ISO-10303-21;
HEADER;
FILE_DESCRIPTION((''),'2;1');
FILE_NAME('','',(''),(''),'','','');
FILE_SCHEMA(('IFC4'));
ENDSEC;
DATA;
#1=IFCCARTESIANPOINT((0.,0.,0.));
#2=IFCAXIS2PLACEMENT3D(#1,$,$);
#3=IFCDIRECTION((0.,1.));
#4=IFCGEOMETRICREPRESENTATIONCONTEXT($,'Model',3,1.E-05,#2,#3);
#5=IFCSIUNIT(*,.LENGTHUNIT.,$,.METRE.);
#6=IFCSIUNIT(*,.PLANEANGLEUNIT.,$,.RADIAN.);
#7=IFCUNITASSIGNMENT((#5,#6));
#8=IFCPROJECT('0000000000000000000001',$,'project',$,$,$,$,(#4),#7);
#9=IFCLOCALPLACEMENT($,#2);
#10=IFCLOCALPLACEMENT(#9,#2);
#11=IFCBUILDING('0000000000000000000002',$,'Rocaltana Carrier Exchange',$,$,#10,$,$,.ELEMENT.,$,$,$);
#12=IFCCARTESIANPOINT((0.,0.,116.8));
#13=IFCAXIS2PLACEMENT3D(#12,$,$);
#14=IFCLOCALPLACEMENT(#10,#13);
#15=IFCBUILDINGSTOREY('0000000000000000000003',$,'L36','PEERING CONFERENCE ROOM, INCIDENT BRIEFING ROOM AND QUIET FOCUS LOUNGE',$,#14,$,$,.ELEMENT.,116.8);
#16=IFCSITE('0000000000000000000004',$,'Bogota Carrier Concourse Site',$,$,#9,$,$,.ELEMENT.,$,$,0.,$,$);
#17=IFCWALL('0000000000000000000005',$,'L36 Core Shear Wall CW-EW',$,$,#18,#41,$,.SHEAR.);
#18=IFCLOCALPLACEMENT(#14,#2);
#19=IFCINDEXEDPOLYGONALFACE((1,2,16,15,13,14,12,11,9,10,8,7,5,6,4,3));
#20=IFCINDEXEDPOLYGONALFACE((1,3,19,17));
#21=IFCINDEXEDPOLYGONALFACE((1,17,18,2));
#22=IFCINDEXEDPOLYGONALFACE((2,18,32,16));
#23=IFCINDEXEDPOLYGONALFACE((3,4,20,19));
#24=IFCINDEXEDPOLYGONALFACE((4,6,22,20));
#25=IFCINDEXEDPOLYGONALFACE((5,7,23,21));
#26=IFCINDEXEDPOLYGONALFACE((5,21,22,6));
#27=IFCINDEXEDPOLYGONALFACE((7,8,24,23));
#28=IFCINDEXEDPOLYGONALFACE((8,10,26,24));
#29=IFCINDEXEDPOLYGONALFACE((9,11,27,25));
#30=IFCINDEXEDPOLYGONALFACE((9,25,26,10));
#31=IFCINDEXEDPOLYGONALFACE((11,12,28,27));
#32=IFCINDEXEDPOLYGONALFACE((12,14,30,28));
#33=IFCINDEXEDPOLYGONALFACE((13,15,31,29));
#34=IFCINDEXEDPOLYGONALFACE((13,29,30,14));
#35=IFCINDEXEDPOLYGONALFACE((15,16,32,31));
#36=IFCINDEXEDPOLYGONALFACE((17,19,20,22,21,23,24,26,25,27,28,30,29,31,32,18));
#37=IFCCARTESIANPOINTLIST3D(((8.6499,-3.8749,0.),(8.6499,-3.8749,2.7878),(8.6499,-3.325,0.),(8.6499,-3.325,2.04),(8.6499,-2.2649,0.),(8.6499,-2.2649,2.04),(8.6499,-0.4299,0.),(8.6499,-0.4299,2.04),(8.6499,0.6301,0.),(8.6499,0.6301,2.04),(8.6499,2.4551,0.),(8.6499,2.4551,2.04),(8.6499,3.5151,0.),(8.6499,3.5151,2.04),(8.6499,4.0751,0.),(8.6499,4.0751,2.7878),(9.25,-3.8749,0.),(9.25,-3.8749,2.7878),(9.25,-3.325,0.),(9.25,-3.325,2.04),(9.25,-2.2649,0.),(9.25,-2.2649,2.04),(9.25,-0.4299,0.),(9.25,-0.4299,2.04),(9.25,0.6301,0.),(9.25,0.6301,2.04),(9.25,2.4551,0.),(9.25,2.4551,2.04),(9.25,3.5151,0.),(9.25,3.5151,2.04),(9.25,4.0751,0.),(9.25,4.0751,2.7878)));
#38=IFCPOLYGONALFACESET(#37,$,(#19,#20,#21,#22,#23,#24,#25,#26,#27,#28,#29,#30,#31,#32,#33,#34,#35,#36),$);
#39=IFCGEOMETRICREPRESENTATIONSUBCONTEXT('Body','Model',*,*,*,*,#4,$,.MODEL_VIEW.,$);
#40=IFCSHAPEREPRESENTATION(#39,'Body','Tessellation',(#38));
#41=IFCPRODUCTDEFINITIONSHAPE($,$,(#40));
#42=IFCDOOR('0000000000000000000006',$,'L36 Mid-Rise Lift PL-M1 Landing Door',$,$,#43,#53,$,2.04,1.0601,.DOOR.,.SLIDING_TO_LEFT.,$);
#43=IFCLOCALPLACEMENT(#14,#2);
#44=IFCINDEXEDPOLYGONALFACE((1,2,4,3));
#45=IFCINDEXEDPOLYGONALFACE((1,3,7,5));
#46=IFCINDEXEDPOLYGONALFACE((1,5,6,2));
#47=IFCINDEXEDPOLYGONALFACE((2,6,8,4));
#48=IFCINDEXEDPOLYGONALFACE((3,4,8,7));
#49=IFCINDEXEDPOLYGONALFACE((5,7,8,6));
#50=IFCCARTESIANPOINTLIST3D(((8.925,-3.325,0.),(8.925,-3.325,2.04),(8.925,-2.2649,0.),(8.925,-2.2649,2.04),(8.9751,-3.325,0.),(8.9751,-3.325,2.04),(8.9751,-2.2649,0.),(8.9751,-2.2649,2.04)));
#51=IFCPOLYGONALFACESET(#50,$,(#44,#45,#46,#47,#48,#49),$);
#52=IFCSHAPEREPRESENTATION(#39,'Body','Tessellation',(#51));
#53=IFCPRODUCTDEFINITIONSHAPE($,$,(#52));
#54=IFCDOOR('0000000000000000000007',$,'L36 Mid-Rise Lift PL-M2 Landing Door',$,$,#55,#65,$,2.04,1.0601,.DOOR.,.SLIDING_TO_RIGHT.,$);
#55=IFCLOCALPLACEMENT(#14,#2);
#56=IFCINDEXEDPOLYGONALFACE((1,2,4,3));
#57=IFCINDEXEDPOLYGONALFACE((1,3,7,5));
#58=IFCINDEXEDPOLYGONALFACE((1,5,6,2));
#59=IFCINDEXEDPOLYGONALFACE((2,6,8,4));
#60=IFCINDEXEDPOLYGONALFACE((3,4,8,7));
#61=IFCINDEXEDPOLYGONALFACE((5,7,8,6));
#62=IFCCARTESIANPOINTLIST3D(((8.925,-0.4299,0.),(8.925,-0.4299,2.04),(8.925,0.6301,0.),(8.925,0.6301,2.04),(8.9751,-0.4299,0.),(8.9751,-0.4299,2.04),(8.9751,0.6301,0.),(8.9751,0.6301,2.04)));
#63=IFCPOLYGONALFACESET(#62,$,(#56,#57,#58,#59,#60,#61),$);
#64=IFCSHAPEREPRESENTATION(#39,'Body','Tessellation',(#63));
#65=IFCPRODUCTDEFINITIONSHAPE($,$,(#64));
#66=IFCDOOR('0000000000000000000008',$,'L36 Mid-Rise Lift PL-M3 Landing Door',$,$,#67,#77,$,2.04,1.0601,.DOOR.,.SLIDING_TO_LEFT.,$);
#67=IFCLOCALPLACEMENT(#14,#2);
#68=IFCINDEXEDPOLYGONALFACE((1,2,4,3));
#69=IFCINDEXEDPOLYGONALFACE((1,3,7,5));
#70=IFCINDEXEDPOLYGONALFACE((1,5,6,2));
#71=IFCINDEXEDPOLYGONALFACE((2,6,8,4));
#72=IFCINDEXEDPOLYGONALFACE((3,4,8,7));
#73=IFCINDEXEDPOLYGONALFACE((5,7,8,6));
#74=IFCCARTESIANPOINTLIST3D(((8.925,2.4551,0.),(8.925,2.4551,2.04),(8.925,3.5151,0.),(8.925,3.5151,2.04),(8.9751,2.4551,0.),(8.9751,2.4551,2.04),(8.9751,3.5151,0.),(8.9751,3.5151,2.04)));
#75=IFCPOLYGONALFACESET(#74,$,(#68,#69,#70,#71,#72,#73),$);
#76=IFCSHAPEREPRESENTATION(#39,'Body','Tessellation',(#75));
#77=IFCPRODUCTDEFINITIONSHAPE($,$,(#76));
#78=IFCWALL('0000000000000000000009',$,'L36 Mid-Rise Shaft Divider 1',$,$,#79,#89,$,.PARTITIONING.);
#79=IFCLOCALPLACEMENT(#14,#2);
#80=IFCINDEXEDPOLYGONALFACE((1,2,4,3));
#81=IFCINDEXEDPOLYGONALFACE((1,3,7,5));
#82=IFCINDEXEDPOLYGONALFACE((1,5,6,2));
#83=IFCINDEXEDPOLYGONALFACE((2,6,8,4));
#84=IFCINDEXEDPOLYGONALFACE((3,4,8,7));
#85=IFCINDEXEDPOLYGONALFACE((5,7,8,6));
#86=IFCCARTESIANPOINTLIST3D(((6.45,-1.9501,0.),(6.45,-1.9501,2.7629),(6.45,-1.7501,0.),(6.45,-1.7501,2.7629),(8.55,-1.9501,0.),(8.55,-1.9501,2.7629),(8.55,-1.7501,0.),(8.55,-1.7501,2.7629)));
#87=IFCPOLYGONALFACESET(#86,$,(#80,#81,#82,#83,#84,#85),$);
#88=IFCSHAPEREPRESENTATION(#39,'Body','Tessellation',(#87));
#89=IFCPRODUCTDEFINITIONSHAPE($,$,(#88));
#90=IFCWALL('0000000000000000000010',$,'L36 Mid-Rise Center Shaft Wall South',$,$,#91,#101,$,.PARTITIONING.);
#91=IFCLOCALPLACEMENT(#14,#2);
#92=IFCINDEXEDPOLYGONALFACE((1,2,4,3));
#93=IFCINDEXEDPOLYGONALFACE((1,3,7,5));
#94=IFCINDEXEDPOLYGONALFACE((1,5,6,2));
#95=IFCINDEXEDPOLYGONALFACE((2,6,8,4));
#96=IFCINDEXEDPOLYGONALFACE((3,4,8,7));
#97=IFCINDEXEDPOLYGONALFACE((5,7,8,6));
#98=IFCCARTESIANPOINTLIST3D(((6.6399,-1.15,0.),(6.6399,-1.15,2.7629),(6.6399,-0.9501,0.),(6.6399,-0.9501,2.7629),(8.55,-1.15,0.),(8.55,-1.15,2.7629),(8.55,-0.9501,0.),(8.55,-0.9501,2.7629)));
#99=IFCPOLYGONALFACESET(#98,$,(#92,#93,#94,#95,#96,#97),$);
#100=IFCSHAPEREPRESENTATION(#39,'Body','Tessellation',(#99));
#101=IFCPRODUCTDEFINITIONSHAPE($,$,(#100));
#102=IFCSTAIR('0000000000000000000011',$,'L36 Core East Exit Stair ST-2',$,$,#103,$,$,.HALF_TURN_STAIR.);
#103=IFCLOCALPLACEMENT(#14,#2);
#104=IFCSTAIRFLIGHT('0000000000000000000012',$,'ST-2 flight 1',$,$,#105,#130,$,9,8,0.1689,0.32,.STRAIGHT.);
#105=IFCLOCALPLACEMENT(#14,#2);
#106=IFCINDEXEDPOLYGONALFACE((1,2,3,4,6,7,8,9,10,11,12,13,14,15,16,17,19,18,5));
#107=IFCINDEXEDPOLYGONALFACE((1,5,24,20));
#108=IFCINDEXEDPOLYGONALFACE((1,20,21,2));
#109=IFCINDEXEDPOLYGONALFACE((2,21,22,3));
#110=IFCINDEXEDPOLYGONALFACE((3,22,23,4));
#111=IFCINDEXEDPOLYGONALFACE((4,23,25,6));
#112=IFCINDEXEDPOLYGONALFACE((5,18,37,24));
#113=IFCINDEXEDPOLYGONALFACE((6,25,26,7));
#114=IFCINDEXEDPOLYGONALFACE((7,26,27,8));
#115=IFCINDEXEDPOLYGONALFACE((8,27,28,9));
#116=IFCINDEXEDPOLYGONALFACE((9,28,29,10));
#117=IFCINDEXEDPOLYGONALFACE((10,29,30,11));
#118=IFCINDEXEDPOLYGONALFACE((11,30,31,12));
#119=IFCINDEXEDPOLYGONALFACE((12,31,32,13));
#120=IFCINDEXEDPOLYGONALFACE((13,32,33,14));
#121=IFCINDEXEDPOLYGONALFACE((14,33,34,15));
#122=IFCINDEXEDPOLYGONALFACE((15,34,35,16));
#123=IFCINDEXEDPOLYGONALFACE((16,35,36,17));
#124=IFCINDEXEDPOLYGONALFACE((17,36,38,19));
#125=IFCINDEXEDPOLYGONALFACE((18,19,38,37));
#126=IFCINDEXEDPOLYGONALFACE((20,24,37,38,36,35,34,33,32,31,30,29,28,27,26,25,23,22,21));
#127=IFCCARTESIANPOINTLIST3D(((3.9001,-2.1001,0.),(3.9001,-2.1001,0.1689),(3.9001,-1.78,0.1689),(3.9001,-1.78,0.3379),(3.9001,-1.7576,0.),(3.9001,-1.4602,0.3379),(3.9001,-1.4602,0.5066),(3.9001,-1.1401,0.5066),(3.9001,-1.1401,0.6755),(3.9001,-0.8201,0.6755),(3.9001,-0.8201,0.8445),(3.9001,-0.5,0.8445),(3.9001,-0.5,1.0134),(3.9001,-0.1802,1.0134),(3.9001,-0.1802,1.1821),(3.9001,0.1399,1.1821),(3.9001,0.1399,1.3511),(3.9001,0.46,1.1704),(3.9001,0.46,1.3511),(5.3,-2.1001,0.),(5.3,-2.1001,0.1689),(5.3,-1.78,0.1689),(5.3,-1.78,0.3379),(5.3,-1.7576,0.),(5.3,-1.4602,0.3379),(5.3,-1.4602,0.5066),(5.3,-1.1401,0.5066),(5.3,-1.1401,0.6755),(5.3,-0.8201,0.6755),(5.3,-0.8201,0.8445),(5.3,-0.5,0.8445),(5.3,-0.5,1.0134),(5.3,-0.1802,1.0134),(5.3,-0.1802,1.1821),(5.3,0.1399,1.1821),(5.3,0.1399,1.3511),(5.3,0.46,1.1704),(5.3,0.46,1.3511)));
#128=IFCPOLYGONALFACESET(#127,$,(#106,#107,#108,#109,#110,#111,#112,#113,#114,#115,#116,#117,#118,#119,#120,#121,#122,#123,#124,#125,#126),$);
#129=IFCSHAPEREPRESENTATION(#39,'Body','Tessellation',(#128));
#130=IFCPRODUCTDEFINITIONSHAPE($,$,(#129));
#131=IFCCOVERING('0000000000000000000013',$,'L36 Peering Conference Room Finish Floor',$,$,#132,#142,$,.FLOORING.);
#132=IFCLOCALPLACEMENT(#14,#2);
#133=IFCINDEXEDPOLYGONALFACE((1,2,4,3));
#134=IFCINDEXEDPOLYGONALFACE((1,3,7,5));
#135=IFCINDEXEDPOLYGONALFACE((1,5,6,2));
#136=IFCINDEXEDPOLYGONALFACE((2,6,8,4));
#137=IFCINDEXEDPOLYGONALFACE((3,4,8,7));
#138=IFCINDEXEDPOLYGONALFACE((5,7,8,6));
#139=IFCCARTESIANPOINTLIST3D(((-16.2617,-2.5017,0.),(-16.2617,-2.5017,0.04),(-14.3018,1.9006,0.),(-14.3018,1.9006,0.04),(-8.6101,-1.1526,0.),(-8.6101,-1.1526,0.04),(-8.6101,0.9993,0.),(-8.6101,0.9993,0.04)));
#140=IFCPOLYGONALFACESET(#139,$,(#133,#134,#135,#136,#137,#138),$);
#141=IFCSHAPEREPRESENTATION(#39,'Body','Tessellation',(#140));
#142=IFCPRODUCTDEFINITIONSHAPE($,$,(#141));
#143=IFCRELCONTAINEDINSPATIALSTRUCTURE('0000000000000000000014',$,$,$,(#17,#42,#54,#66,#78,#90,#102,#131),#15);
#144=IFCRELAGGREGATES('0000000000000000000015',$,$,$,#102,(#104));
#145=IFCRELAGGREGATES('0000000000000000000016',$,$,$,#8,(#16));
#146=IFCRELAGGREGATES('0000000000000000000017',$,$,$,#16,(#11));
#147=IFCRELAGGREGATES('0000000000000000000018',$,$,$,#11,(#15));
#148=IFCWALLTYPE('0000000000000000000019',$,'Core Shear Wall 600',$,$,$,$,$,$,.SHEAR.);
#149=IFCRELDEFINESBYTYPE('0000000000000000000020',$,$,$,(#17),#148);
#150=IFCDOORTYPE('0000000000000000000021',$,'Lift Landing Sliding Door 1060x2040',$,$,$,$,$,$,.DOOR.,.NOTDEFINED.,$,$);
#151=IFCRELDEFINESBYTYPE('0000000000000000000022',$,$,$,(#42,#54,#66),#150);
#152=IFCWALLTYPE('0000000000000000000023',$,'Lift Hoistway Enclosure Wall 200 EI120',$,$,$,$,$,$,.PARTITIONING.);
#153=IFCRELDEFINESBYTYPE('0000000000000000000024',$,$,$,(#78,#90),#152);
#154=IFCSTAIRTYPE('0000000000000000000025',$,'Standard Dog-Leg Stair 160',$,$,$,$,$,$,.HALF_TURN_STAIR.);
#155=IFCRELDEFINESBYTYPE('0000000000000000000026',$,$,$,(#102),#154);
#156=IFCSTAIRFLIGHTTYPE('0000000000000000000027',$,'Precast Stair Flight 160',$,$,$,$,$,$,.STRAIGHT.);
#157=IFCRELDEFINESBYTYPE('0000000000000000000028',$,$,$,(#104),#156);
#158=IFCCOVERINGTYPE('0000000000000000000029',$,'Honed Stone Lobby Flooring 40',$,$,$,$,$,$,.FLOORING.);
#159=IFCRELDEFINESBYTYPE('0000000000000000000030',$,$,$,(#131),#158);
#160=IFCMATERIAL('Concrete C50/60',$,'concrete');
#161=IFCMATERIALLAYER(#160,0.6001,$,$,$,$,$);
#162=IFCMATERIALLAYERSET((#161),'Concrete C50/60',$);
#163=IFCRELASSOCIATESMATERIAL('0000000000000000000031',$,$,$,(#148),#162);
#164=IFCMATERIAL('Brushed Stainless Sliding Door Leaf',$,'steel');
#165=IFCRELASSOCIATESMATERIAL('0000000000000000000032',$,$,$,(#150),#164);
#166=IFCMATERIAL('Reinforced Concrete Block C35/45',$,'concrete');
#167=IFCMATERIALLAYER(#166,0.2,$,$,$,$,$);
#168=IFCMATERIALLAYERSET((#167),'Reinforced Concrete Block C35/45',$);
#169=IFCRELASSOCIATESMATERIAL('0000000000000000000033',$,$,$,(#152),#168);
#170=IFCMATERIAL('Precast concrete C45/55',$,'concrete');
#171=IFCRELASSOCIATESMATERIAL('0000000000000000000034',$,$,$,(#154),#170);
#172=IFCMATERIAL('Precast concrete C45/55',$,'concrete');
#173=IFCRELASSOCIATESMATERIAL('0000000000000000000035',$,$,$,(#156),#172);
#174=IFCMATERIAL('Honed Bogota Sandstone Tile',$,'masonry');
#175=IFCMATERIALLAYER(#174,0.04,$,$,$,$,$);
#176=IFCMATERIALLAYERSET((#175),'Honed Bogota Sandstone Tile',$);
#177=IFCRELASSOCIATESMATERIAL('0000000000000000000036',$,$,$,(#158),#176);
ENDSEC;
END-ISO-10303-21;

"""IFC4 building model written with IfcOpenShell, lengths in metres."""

from ifc_helpers import new_model, si_unit, direction, frame, frame_2d, origin, place, context, subcontext, project, spatial, polyline, rectangle, outline, extrude, material, layer, layer_set, type_object, element, fill, aggregate, save


model = new_model("IFC4")

# Units and contexts
model_context = context("Model", 3, precision=1e-05, world=origin(), true_north=direction((0.0, 1.0)))
body_context = subcontext(model_context, "Body", "Model", "MODEL_VIEW")
ifc_project = project(units=[si_unit("LENGTHUNIT", "METRE"), si_unit("PLANEANGLEUNIT", "RADIAN")], contexts=[model_context])

# Site, building, storey
site_placement = place(None, origin())
site = spatial("IfcSite", under=ifc_project, at=site_placement, Name="Bogota Carrier Concourse Site", CompositionType="ELEMENT", RefElevation=0.0)
building_placement = place(site_placement, origin())
building = spatial("IfcBuilding", under=site, at=building_placement, Name="Rocaltana Carrier Exchange", CompositionType="ELEMENT")
storey_placement = place(building_placement, frame((0.0, 0.0, 116.8)))
storey = spatial("IfcBuildingStorey", under=building, at=storey_placement, Name="L36", Description="PEERING CONFERENCE ROOM, INCIDENT BRIEFING ROOM AND QUIET FOCUS LOUNGE", CompositionType="ELEMENT", Elevation=116.8)

# Shared definitions
ifc_material_1 = material(Name="Concrete C50/60", Category="concrete")
ifc_layer_1 = layer(ifc_material_1, 0.6001)
ifc_layer_set_1 = layer_set([ifc_layer_1], Name="Concrete C50/60")
wall_type_1 = type_object("IfcWallType", Name="Core Shear Wall 600", PredefinedType="SHEAR", material=ifc_layer_set_1)

# Wall, openings, doors
wall_1_placement = place(storey_placement, frame((8.95, -3.875, 0.0), z_axis=(0.0, 0.0, 1.0), x_axis=(0.0, 1.0, 0.0)))
wall_1 = element("IfcWall", 1, at=wall_1_placement, inside=storey, type_object=wall_type_1, Name="L36 Core Shear Wall CW-EW", PredefinedType="SHEAR", context=body_context, shape_type="SweptSolid", body=[
    extrude(rectangle(XDim=7.95, YDim=0.6001, at=frame_2d((3.9751, 0.0))), origin(), (0.0, 0.0, 1.0), 2.7878),
])
opening_1_placement = place(wall_1_placement, frame((0.55, 0.0, 0.0)))
opening_1 = element("IfcOpeningElement", 2, at=opening_1_placement, cuts=wall_1, PredefinedType="OPENING", context=body_context, shape_type="SweptSolid", body=[
    extrude(rectangle(XDim=1.0601, YDim=2.04, at=frame_2d((0.53, 1.02))), frame((0.0, 0.3101, 0.0), z_axis=(0.0, -1.0, 0.0), x_axis=(1.0, 0.0, 0.0)), (0.0, 0.0, 1.0), 0.6201),
])
opening_2_placement = place(wall_1_placement, frame((3.4451, 0.0, 0.0)))
opening_2 = element("IfcOpeningElement", 3, at=opening_2_placement, cuts=wall_1, PredefinedType="OPENING", context=body_context, shape_type="SweptSolid", body=[
    extrude(rectangle(XDim=1.0601, YDim=2.04, at=frame_2d((0.53, 1.02))), frame((0.0, 0.3101, 0.0), z_axis=(0.0, -1.0, 0.0), x_axis=(1.0, 0.0, 0.0)), (0.0, 0.0, 1.0), 0.6201),
])
opening_3_placement = place(wall_1_placement, frame((6.3301, 0.0, 0.0)))
opening_3 = element("IfcOpeningElement", 4, at=opening_3_placement, cuts=wall_1, PredefinedType="OPENING", context=body_context, shape_type="SweptSolid", body=[
    extrude(rectangle(XDim=1.0601, YDim=2.04, at=frame_2d((0.53, 1.02))), frame((0.0, 0.3101, 0.0), z_axis=(0.0, -1.0, 0.0), x_axis=(1.0, 0.0, 0.0)), (0.0, 0.0, 1.0), 0.6201),
])
ifc_material_2 = material(Name="Brushed Stainless Sliding Door Leaf", Category="steel")
door_type = type_object("IfcDoorType", Name="Lift Landing Sliding Door 1060x2040", OperationType="NOTDEFINED", PredefinedType="DOOR", material=ifc_material_2)
door_1_placement = place(opening_1_placement, origin())
door_1 = element("IfcDoor", 5, at=door_1_placement, inside=storey, type_object=door_type, Name="L36 Mid-Rise Lift PL-M1 Landing Door", OperationType="SLIDING_TO_LEFT", OverallHeight=2.04, OverallWidth=1.0601, PredefinedType="DOOR", context=body_context, shape_type="SweptSolid", body=[
    extrude(rectangle(XDim=1.0601, YDim=2.04, at=frame_2d((0.53, 1.02))), frame((0.0, 0.0249, 0.0), z_axis=(0.0, -1.0, 0.0), x_axis=(1.0, 0.0, 0.0)), (0.0, 0.0, 1.0), 0.05),
])
fill(opening_1, door_1)
door_2_placement = place(opening_2_placement, origin())
door_2 = element("IfcDoor", 6, at=door_2_placement, inside=storey, type_object=door_type, Name="L36 Mid-Rise Lift PL-M2 Landing Door", OperationType="SLIDING_TO_RIGHT", OverallHeight=2.04, OverallWidth=1.0601, PredefinedType="DOOR", context=body_context, shape_type="SweptSolid", body=[
    extrude(rectangle(XDim=1.0601, YDim=2.04, at=frame_2d((0.53, 1.02))), frame((0.0, 0.0249, 0.0), z_axis=(0.0, -1.0, 0.0), x_axis=(1.0, 0.0, 0.0)), (0.0, 0.0, 1.0), 0.05),
])
fill(opening_2, door_2)
door_3_placement = place(opening_3_placement, origin())
door_3 = element("IfcDoor", 7, at=door_3_placement, inside=storey, type_object=door_type, Name="L36 Mid-Rise Lift PL-M3 Landing Door", OperationType="SLIDING_TO_LEFT", OverallHeight=2.04, OverallWidth=1.0601, PredefinedType="DOOR", context=body_context, shape_type="SweptSolid", body=[
    extrude(rectangle(XDim=1.0601, YDim=2.04, at=frame_2d((0.53, 1.02))), frame((0.0, 0.0249, 0.0), z_axis=(0.0, -1.0, 0.0), x_axis=(1.0, 0.0, 0.0)), (0.0, 0.0, 1.0), 0.05),
])
fill(opening_3, door_3)

# Walls
ifc_material_3 = material(Name="Reinforced Concrete Block C35/45", Category="concrete")
ifc_layer_2 = layer(ifc_material_3, 0.2)
ifc_layer_set_2 = layer_set([ifc_layer_2], Name="Reinforced Concrete Block C35/45")
wall_type_2 = type_object("IfcWallType", Name="Lift Hoistway Enclosure Wall 200 EI120", PredefinedType="PARTITIONING", material=ifc_layer_set_2)
wall_2_placement = place(storey_placement, frame((6.45, -1.8501, 0.0), z_axis=(0.0, 0.0, 1.0), x_axis=(1.0, 0.0, 0.0)))
element("IfcWall", 8, at=wall_2_placement, inside=storey, type_object=wall_type_2, Name="L36 Mid-Rise Shaft Divider 1", PredefinedType="PARTITIONING", context=body_context, shape_type="SweptSolid", body=[
    extrude(rectangle(XDim=2.1001, YDim=0.2, at=frame_2d((1.05, 0.0))), origin(), (0.0, 0.0, 1.0), 2.7629),
])
wall_3_placement = place(storey_placement, frame((6.6399, -1.05, 0.0), z_axis=(0.0, 0.0, 1.0), x_axis=(1.0, 0.0, 0.0)))
element("IfcWall", 9, at=wall_3_placement, inside=storey, type_object=wall_type_2, Name="L36 Mid-Rise Center Shaft Wall South", PredefinedType="PARTITIONING", context=body_context, shape_type="SweptSolid", body=[
    extrude(rectangle(XDim=1.9102, YDim=0.2, at=frame_2d((0.9551, 0.0))), origin(), (0.0, 0.0, 1.0), 2.7629),
])

# Stair, stair flight
ifc_material_4 = material(Name="Precast concrete C45/55", Category="concrete")
stair_type = type_object("IfcStairType", Name="Standard Dog-Leg Stair 160", PredefinedType="HALF_TURN_STAIR", material=ifc_material_4)
stair_placement = place(storey_placement, origin())
stair = element("IfcStair", 10, at=stair_placement, inside=storey, type_object=stair_type, Name="L36 Core East Exit Stair ST-2", PredefinedType="HALF_TURN_STAIR")
ifc_material_5 = material(Name="Precast concrete C45/55", Category="concrete")
stair_flight_type = type_object("IfcStairFlightType", Name="Precast Stair Flight 160", PredefinedType="STRAIGHT", material=ifc_material_5)
stair_flight_placement = place(storey_placement, frame((4.6001, -2.1001, 0.0), z_axis=(0.0, 0.0, 1.0), x_axis=(0.0, 1.0, 0.0)))
stair_flight = element("IfcStairFlight", 11, at=stair_flight_placement, type_object=stair_flight_type, Name="ST-2 flight 1", NumberOfRisers=9, NumberOfTreads=8, PredefinedType="STRAIGHT", RiserHeight=0.1689, TreadLength=0.32, context=body_context, shape_type="SweptSolid", body=[
    extrude(outline(polyline([(0.0, 0.0), (0.0, 0.1689), (0.3201, 0.1689), (0.3201, 0.3379), (0.6399, 0.3379), (0.6399, 0.5066), (0.96, 0.5066), (0.96, 0.6755), (1.28, 0.6755), (1.28, 0.8445), (1.6001, 0.8445), (1.6001, 1.0134), (1.9199, 1.0134), (1.9199, 1.1821), (2.24, 1.1821), (2.24, 1.3511), (2.5601, 1.3511), (2.5601, 1.52), (2.5601, 1.1704), (0.3425, 0.0), (0.0, 0.0)])), frame((0.0, 0.7, 0.0), z_axis=(0.0, -1.0, 0.0), x_axis=(1.0, 0.0, 0.0)), (0.0, 0.0, 1.0), 1.3999),
])
aggregate(stair, [stair_flight])

# Covering
ifc_material_6 = material(Name="Honed Bogota Sandstone Tile", Category="masonry")
ifc_layer_3 = layer(ifc_material_6, 0.04)
ifc_layer_set_3 = layer_set([ifc_layer_3], Name="Honed Bogota Sandstone Tile")
covering_type_1 = type_object("IfcCoveringType", Name="Honed Stone Lobby Flooring 40", PredefinedType="FLOORING", material=ifc_layer_set_3)
covering_1_placement = place(storey_placement, origin())
element("IfcCovering", 12, at=covering_1_placement, inside=storey, type_object=covering_type_1, Name="L36 Peering Conference Room Finish Floor", PredefinedType="FLOORING", context=body_context, shape_type="SweptSolid", body=[
    extrude(outline(polyline([(-14.3018, 1.9006), (-8.6101, 0.9993), (-8.6101, -1.1526), (-16.2617, -2.5017), (-14.3018, 1.9006)])), origin(), (0.0, 0.0, 1.0), 0.04),
])

save(model, "model.ifc")
